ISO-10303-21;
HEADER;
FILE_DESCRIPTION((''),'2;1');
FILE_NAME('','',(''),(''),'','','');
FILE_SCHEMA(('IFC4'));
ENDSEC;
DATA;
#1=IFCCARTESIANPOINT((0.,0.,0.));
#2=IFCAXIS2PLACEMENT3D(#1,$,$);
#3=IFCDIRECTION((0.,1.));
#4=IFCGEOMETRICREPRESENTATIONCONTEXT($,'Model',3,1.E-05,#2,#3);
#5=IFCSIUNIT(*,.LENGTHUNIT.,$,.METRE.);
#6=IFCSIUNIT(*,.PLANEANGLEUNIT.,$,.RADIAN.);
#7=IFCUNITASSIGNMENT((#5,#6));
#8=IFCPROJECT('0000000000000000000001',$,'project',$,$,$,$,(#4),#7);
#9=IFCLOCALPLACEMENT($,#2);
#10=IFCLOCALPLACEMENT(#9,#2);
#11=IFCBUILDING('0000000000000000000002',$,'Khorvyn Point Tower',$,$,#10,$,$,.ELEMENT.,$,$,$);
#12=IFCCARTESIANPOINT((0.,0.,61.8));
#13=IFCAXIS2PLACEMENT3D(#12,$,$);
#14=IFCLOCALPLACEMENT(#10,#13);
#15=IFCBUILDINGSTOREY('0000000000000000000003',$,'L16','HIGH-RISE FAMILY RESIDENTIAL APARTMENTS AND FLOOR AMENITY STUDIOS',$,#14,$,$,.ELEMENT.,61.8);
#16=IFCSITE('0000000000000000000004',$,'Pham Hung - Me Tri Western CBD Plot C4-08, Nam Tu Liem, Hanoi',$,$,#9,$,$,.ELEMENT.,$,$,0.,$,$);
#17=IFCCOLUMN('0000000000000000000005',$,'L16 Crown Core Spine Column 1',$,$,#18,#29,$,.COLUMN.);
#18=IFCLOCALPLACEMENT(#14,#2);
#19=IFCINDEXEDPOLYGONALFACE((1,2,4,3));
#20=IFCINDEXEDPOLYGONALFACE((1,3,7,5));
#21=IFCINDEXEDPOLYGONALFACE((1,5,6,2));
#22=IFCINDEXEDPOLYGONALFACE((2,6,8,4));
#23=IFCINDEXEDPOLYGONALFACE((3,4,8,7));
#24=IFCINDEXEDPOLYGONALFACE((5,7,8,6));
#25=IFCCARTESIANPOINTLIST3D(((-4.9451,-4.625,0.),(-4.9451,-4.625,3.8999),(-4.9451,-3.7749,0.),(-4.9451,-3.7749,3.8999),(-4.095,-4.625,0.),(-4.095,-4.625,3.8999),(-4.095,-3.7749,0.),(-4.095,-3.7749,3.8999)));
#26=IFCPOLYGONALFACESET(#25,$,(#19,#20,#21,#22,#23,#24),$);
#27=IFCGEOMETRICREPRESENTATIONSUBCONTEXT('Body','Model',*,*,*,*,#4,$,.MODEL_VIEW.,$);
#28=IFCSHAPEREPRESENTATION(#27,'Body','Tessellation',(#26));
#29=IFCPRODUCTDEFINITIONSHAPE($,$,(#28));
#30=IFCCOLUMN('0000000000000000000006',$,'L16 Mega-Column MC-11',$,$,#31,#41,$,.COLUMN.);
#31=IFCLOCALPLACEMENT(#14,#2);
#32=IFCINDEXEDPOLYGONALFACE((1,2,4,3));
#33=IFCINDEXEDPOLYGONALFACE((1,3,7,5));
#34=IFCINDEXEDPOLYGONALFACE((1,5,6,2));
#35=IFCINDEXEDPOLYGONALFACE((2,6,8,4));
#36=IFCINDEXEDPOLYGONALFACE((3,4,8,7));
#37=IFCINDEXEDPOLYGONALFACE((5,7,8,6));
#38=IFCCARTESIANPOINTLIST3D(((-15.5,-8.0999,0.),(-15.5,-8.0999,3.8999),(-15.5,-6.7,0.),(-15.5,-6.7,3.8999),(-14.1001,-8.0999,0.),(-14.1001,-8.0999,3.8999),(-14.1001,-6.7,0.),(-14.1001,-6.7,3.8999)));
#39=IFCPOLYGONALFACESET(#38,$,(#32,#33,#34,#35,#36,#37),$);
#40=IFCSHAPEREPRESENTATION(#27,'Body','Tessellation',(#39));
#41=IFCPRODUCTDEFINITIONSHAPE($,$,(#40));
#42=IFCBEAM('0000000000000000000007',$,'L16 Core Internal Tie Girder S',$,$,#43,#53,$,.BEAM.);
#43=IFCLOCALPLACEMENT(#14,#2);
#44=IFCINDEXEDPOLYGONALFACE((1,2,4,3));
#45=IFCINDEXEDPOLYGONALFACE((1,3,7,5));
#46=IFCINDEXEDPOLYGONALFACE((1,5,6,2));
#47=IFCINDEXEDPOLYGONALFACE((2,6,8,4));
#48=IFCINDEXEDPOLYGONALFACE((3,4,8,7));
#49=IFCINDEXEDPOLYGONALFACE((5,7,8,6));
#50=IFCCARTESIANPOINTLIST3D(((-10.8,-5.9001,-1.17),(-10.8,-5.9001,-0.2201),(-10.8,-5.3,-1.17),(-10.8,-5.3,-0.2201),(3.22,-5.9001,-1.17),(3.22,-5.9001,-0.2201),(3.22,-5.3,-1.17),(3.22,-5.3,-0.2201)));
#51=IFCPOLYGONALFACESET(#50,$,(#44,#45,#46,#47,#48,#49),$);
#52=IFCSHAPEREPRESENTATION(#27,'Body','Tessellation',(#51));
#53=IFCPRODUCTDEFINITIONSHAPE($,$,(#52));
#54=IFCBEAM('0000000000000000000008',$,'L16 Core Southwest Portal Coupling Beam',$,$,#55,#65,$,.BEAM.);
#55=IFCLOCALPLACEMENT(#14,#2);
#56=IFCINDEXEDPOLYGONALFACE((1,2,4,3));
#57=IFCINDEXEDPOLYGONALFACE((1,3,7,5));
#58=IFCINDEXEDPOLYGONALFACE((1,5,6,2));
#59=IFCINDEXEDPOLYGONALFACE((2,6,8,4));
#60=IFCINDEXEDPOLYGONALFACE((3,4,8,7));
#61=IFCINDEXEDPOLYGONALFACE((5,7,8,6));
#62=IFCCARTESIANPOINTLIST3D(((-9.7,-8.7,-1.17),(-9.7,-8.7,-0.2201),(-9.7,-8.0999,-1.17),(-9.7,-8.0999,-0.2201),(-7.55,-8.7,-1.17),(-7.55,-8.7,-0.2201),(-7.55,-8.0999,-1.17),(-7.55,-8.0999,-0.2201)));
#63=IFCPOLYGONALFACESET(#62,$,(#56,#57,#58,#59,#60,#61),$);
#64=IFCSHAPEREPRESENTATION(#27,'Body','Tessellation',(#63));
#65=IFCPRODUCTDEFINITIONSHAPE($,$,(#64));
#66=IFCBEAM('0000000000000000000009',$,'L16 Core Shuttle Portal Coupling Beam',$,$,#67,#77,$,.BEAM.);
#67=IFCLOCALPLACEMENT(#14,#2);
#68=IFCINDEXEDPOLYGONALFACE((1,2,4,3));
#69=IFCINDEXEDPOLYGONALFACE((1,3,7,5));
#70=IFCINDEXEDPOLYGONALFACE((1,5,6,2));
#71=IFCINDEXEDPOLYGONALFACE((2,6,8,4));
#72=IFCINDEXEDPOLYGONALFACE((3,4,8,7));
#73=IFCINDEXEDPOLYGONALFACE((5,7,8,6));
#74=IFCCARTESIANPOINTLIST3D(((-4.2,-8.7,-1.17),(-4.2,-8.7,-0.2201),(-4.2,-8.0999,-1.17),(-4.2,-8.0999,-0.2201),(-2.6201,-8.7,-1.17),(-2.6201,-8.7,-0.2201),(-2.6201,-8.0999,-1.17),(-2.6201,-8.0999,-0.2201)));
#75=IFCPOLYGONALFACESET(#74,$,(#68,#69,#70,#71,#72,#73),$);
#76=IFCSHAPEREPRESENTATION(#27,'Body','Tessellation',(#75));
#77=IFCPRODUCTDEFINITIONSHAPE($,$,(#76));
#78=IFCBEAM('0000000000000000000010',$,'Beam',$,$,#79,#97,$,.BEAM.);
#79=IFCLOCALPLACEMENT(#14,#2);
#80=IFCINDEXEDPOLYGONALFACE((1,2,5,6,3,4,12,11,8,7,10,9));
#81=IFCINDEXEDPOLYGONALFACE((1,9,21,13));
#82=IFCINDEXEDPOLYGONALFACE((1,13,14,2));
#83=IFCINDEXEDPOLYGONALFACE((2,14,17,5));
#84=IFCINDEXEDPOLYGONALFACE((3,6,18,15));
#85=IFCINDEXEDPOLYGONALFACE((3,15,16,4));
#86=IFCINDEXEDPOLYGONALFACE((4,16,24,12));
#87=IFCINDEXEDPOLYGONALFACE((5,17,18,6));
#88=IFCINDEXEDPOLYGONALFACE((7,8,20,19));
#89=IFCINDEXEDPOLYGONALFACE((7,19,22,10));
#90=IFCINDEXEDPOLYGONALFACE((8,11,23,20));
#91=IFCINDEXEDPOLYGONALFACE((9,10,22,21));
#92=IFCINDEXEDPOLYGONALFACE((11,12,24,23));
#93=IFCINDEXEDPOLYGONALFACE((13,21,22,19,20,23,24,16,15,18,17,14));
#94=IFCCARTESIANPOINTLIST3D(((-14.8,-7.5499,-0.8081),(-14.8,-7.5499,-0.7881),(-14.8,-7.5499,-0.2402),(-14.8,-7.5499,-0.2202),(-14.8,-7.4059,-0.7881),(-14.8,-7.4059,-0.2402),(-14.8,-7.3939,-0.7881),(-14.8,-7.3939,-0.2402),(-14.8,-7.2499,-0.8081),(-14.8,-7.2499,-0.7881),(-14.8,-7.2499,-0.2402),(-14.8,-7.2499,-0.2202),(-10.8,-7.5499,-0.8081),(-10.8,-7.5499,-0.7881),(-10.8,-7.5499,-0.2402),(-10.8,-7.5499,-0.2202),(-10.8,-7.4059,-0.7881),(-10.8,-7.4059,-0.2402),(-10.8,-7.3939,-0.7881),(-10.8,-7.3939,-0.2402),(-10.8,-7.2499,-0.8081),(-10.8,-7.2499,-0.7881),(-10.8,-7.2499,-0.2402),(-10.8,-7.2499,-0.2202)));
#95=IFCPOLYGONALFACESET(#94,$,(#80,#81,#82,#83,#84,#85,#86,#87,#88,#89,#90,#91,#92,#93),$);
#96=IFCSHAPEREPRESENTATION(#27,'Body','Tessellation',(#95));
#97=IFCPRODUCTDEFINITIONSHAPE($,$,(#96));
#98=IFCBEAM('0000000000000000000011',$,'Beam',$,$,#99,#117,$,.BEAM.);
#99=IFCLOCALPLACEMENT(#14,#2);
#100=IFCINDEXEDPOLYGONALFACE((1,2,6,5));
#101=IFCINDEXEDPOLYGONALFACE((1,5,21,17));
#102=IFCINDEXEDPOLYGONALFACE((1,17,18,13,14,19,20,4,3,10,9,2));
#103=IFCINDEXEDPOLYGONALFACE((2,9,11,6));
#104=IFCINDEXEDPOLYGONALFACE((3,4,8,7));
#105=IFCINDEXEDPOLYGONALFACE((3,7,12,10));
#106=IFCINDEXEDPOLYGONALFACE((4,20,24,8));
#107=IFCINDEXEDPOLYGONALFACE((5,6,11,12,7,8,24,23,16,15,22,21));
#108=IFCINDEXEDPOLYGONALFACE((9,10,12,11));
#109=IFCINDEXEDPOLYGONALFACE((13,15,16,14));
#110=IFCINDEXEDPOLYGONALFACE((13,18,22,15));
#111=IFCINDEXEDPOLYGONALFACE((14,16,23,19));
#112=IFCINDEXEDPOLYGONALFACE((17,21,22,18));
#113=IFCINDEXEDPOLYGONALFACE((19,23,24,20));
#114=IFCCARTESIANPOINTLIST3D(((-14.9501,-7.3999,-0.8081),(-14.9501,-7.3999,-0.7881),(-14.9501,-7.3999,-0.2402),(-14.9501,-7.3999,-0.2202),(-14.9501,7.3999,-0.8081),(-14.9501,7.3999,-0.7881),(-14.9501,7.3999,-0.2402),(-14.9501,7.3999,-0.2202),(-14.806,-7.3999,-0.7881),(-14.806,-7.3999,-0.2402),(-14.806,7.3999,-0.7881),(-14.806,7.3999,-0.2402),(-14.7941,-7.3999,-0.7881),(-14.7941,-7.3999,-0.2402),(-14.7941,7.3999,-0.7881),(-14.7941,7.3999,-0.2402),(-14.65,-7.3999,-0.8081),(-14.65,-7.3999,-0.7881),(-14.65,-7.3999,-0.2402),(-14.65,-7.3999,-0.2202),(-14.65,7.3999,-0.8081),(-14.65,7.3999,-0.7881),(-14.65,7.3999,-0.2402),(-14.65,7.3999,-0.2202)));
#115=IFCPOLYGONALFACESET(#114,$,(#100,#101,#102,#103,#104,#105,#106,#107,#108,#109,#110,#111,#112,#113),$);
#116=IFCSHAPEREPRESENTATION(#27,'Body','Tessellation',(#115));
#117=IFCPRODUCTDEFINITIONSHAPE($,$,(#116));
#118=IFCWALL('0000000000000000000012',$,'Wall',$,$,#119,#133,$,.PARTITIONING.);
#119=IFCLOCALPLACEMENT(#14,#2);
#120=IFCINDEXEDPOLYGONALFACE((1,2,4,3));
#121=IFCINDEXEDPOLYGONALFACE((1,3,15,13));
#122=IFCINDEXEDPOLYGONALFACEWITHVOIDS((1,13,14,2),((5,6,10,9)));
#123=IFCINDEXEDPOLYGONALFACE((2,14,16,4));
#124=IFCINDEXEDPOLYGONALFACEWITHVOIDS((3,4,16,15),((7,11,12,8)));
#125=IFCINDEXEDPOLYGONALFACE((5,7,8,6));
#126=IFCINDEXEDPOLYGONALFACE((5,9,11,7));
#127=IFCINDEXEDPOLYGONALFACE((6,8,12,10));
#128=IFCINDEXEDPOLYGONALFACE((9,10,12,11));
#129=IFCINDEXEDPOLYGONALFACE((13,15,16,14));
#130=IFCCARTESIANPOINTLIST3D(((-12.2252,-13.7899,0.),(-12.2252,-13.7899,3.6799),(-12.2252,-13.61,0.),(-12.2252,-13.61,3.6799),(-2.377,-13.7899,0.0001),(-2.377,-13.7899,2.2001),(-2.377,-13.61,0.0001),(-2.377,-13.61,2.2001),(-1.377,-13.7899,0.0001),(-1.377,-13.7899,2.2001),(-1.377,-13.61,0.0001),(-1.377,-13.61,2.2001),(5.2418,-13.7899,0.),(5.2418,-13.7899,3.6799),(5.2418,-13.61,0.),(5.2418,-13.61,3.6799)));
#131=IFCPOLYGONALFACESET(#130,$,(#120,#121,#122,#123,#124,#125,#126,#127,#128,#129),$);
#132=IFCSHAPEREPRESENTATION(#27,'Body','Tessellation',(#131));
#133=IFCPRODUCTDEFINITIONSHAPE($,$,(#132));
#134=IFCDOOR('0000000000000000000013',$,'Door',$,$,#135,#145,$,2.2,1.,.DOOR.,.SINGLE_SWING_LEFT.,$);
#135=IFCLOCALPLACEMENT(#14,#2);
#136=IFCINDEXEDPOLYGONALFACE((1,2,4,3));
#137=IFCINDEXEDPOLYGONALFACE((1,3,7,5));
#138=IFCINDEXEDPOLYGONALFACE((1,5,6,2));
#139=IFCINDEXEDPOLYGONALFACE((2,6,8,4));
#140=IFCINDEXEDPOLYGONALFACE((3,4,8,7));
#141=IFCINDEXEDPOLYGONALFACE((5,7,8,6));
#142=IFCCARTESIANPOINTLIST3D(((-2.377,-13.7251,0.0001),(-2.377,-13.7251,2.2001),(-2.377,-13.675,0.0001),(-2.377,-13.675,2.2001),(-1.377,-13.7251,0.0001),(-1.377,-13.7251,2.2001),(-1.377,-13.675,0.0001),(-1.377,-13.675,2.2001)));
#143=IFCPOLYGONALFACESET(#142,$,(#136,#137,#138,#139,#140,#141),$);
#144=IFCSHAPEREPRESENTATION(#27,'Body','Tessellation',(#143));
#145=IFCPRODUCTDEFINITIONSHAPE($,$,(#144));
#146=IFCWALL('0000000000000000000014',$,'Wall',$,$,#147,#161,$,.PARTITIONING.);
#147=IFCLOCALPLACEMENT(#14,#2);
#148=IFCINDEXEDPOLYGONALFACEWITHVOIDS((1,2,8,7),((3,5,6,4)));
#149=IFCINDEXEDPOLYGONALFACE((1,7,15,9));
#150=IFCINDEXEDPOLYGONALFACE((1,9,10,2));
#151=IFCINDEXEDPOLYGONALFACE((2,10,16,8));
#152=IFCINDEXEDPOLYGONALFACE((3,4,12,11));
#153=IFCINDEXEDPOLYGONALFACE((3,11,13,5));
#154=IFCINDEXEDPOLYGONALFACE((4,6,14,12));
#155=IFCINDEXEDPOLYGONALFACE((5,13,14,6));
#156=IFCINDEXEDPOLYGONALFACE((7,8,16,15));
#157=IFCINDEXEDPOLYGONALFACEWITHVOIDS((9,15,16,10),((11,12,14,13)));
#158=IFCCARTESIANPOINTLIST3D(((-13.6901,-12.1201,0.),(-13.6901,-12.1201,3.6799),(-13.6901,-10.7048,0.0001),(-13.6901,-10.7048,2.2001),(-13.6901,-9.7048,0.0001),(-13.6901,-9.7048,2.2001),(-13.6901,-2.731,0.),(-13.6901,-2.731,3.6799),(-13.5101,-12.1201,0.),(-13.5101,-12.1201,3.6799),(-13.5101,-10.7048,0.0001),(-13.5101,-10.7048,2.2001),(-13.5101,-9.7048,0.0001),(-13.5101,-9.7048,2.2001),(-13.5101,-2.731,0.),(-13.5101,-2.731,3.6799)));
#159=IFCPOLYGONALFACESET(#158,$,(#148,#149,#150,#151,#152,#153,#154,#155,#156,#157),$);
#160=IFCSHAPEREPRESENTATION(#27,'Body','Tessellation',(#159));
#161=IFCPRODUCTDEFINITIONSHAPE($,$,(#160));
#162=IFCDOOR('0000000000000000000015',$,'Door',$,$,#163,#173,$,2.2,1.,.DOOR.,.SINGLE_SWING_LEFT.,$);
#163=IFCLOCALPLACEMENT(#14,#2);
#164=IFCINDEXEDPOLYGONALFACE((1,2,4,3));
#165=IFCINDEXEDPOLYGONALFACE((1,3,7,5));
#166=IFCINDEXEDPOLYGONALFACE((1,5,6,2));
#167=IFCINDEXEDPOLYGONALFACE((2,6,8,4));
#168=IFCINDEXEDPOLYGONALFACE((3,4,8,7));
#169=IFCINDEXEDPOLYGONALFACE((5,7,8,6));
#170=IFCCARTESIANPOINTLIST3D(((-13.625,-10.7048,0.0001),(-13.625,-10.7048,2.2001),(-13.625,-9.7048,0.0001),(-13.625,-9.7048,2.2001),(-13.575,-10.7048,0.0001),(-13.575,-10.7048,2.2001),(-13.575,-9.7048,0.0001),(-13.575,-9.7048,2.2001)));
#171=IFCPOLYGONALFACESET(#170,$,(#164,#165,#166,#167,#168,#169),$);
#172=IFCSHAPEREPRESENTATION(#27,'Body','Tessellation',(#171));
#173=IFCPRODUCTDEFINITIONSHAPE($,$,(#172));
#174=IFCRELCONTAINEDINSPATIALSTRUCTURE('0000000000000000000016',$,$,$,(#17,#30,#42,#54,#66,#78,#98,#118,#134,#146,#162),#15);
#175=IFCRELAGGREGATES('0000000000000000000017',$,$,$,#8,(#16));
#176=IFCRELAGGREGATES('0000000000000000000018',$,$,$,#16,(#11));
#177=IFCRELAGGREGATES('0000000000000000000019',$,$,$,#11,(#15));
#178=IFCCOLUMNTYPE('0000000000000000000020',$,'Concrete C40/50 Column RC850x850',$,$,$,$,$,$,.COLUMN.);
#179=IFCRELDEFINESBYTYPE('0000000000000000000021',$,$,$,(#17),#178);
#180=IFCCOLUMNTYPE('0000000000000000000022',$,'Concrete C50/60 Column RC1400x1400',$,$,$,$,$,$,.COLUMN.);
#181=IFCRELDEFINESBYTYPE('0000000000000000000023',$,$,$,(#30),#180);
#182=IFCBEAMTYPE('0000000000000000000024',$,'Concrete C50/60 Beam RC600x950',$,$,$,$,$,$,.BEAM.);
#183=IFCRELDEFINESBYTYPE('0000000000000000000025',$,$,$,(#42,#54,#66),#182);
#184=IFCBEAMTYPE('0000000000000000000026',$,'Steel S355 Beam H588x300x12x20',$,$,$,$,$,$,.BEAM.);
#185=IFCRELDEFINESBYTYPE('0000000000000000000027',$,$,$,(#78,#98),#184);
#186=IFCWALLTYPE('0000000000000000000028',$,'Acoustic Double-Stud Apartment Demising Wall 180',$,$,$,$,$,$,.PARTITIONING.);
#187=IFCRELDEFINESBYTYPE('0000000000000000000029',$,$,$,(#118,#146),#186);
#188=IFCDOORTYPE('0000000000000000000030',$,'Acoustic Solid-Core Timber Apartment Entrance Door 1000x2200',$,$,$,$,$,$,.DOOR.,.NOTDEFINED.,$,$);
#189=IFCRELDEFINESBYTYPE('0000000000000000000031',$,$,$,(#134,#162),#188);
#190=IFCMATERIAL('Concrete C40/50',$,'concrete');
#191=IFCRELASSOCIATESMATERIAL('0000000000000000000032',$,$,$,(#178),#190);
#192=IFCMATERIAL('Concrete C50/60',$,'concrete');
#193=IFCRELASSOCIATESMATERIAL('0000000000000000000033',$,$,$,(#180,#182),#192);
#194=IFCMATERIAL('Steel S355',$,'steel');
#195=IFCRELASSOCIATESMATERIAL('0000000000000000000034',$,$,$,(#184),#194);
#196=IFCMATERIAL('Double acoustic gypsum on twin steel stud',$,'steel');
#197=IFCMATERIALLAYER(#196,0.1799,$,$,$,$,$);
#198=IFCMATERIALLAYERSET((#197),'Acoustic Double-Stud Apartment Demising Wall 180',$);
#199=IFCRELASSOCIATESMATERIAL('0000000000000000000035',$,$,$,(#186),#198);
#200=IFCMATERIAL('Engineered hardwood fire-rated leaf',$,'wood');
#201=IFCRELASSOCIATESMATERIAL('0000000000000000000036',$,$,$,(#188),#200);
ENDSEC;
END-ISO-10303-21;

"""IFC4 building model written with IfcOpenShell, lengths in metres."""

from ifc_helpers import new_model, si_unit, direction, frame, frame_2d, origin, origin_2d, place, context, subcontext, project, spatial, rectangle, i_section, extrude, material, layer, layer_set, material_profile, profile_set, type_object, element, fill, save


model = new_model("IFC4")

# Units and contexts
model_context = context("Model", 3, precision=1e-05, world=origin(), true_north=direction((0.0, 1.0)))
body_context = subcontext(model_context, "Body", "Model", "MODEL_VIEW")
ifc_project = project(units=[si_unit("LENGTHUNIT", "METRE"), si_unit("PLANEANGLEUNIT", "RADIAN")], contexts=[model_context])

# Site, building, storey
site_placement = place(None, origin())
site = spatial("IfcSite", under=ifc_project, at=site_placement, Name="Pham Hung - Me Tri Western CBD Plot C4-08, Nam Tu Liem, Hanoi", CompositionType="ELEMENT", RefElevation=0.0)
building_placement = place(site_placement, origin())
building = spatial("IfcBuilding", under=site, at=building_placement, Name="Khorvyn Point Tower", CompositionType="ELEMENT")
storey_placement = place(building_placement, frame((0.0, 0.0, 61.8)))
storey = spatial("IfcBuildingStorey", under=building, at=storey_placement, Name="L16", Description="HIGH-RISE FAMILY RESIDENTIAL APARTMENTS AND FLOOR AMENITY STUDIOS", CompositionType="ELEMENT", Elevation=61.8)

# Columns
ifc_material_1 = material(Name="Concrete C40/50", Category="concrete")
ifc_material_profile_1 = material_profile(ifc_material_1, rectangle(XDim=0.8501, YDim=0.8501, at=origin_2d()))
ifc_profile_set_1 = profile_set([ifc_material_profile_1], Name="Concrete C40/50 RC850x850")
column_type_1 = type_object("IfcColumnType", Name="Concrete C40/50 Column RC850x850", PredefinedType="COLUMN", material=ifc_profile_set_1)
column_1_placement = place(storey_placement, frame((-4.52, -4.2, 0.0), z_axis=(0.0, 0.0, 1.0), x_axis=(1.0, 0.0, 0.0)))
element("IfcColumn", 1, at=column_1_placement, inside=storey, type_object=column_type_1, Name="L16 Crown Core Spine Column 1", PredefinedType="COLUMN", context=body_context, shape_type="SweptSolid", body=[
    extrude(rectangle(XDim=0.8501, YDim=0.8501, at=origin_2d()), origin(), (0.0, 0.0, 1.0), 3.8999),
])
ifc_material_2 = material(Name="Concrete C50/60", Category="concrete")
ifc_material_profile_2 = material_profile(ifc_material_2, rectangle(XDim=1.3999, YDim=1.3999, at=origin_2d()))
ifc_profile_set_2 = profile_set([ifc_material_profile_2], Name="Concrete C50/60 RC1400x1400")
column_type_2 = type_object("IfcColumnType", Name="Concrete C50/60 Column RC1400x1400", PredefinedType="COLUMN", material=ifc_profile_set_2)
column_2_placement = place(storey_placement, frame((-14.8, -7.3999, 0.0), z_axis=(0.0, 0.0, 1.0), x_axis=(1.0, 0.0, 0.0)))
element("IfcColumn", 2, at=column_2_placement, inside=storey, type_object=column_type_2, Name="L16 Mega-Column MC-11", PredefinedType="COLUMN", context=body_context, shape_type="SweptSolid", body=[
    extrude(rectangle(XDim=1.3999, YDim=1.3999, at=origin_2d()), origin(), (0.0, 0.0, 1.0), 3.8999),
])

# Beams
ifc_material_profile_3 = material_profile(ifc_material_2, rectangle(XDim=0.6001, YDim=0.95, at=origin_2d()))
ifc_profile_set_3 = profile_set([ifc_material_profile_3], Name="Concrete C50/60 RC600x950")
beam_type_1 = type_object("IfcBeamType", Name="Concrete C50/60 Beam RC600x950", PredefinedType="BEAM", material=ifc_profile_set_3)
beam_1_placement = place(storey_placement, frame((-10.8, -5.6001, -0.6951), z_axis=(1.0, 0.0, 0.0), x_axis=(0.0, 1.0, 0.0)))
element("IfcBeam", 3, at=beam_1_placement, inside=storey, type_object=beam_type_1, Name="L16 Core Internal Tie Girder S", PredefinedType="BEAM", context=body_context, shape_type="SweptSolid", body=[
    extrude(rectangle(XDim=0.6001, YDim=0.95, at=origin_2d()), origin(), (0.0, 0.0, 1.0), 14.02),
])
beam_2_placement = place(storey_placement, frame((-9.7, -8.3999, -0.6951), z_axis=(1.0, 0.0, 0.0), x_axis=(0.0, 1.0, 0.0)))
element("IfcBeam", 4, at=beam_2_placement, inside=storey, type_object=beam_type_1, Name="L16 Core Southwest Portal Coupling Beam", PredefinedType="BEAM", context=body_context, shape_type="SweptSolid", body=[
    extrude(rectangle(XDim=0.6001, YDim=0.95, at=origin_2d()), origin(), (0.0, 0.0, 1.0), 2.1499),
])
beam_3_placement = place(storey_placement, frame((-4.2, -8.3999, -0.6951), z_axis=(1.0, 0.0, 0.0), x_axis=(0.0, 1.0, 0.0)))
element("IfcBeam", 5, at=beam_3_placement, inside=storey, type_object=beam_type_1, Name="L16 Core Shuttle Portal Coupling Beam", PredefinedType="BEAM", context=body_context, shape_type="SweptSolid", body=[
    extrude(rectangle(XDim=0.6001, YDim=0.95, at=origin_2d()), origin(), (0.0, 0.0, 1.0), 1.5798),
])
ifc_material_3 = material(Name="Steel S355", Category="steel")
ifc_material_profile_4 = material_profile(ifc_material_3, i_section(OverallWidth=0.3, OverallDepth=0.5879, WebThickness=0.012, FlangeThickness=0.02, at=origin_2d()))
ifc_profile_set_4 = profile_set([ifc_material_profile_4], Name="Steel S355 H588x300x12x20")
beam_type_2 = type_object("IfcBeamType", Name="Steel S355 Beam H588x300x12x20", PredefinedType="BEAM", material=ifc_profile_set_4)
beam_4_placement = place(storey_placement, frame((-14.8, -7.3999, -0.5142), z_axis=(1.0, 0.0, 0.0), x_axis=(0.0, 1.0, 0.0)))
element("IfcBeam", 6, at=beam_4_placement, inside=storey, type_object=beam_type_2, Name="Beam", PredefinedType="BEAM", context=body_context, shape_type="SweptSolid", body=[
    extrude(i_section(OverallWidth=0.3, OverallDepth=0.5879, WebThickness=0.012, FlangeThickness=0.02, at=origin_2d()), origin(), (0.0, 0.0, 1.0), 4.0),
])
beam_5_placement = place(storey_placement, frame((-14.8, -7.3999, -0.5142), z_axis=(0.0, 1.0, 0.0), x_axis=(-1.0, 0.0, 0.0)))
element("IfcBeam", 7, at=beam_5_placement, inside=storey, type_object=beam_type_2, Name="Beam", PredefinedType="BEAM", context=body_context, shape_type="SweptSolid", body=[
    extrude(i_section(OverallWidth=0.3, OverallDepth=0.5879, WebThickness=0.012, FlangeThickness=0.02, at=origin_2d()), origin(), (0.0, 0.0, 1.0), 14.7998),
])

# Walls, openings, doors
ifc_material_4 = material(Name="Double acoustic gypsum on twin steel stud", Category="steel")
ifc_layer_1 = layer(ifc_material_4, 0.1799)
ifc_layer_set_1 = layer_set([ifc_layer_1], Name="Acoustic Double-Stud Apartment Demising Wall 180")
wall_type_1 = type_object("IfcWallType", Name="Acoustic Double-Stud Apartment Demising Wall 180", PredefinedType="PARTITIONING", material=ifc_layer_set_1)
wall_1_placement = place(storey_placement, frame((-12.2251, -13.7, 0.0), z_axis=(0.0, 0.0, 1.0), x_axis=(1.0, 0.0, 0.0)))
wall_1 = element("IfcWall", 8, at=wall_1_placement, inside=storey, type_object=wall_type_1, Name="Wall", PredefinedType="PARTITIONING", context=body_context, shape_type="SweptSolid", body=[
    extrude(rectangle(XDim=17.467, YDim=0.1799, at=frame_2d((8.7334, 0.0))), origin(), (0.0, 0.0, 1.0), 3.6799),
])
opening_1_placement = place(wall_1_placement, frame((9.8481, 0.0, 0.0)))
opening_1 = element("IfcOpeningElement", 9, at=opening_1_placement, cuts=wall_1, PredefinedType="OPENING", context=body_context, shape_type="SweptSolid", body=[
    extrude(rectangle(XDim=1.0, YDim=2.2, at=frame_2d((0.5, 1.1001))), frame((0.0, 0.0999, 0.0), z_axis=(0.0, -1.0, 0.0), x_axis=(1.0, 0.0, 0.0)), (0.0, 0.0, 1.0), 0.2),
])
ifc_material_5 = material(Name="Engineered hardwood fire-rated leaf", Category="wood")
door_type_1 = type_object("IfcDoorType", Name="Acoustic Solid-Core Timber Apartment Entrance Door 1000x2200", OperationType="NOTDEFINED", PredefinedType="DOOR", material=ifc_material_5)
door_1_placement = place(opening_1_placement, origin())
door_1 = element("IfcDoor", 10, at=door_1_placement, inside=storey, type_object=door_type_1, Name="Door", OperationType="SINGLE_SWING_LEFT", OverallHeight=2.2, OverallWidth=1.0, PredefinedType="DOOR", context=body_context, shape_type="SweptSolid", body=[
    extrude(rectangle(XDim=1.0, YDim=2.2, at=frame_2d((0.5, 1.1001))), frame((0.0, 0.0249, 0.0), z_axis=(0.0, -1.0, 0.0), x_axis=(1.0, 0.0, 0.0)), (0.0, 0.0, 1.0), 0.05),
])
fill(opening_1, door_1)
wall_2_placement = place(storey_placement, frame((-13.6001, -12.1201, 0.0), z_axis=(0.0, 0.0, 1.0), x_axis=(0.0, 1.0, 0.0)))
wall_2 = element("IfcWall", 11, at=wall_2_placement, inside=storey, type_object=wall_type_1, Name="Wall", PredefinedType="PARTITIONING", context=body_context, shape_type="SweptSolid", body=[
    extrude(rectangle(XDim=9.3892, YDim=0.1799, at=frame_2d((4.6946, 0.0))), origin(), (0.0, 0.0, 1.0), 3.6799),
])
opening_2_placement = place(wall_2_placement, frame((1.4153, 0.0, 0.0)))
opening_2 = element("IfcOpeningElement", 12, at=opening_2_placement, cuts=wall_2, PredefinedType="OPENING", context=body_context, shape_type="SweptSolid", body=[
    extrude(rectangle(XDim=1.0, YDim=2.2, at=frame_2d((0.5, 1.1001))), frame((0.0, 0.0999, 0.0), z_axis=(0.0, -1.0, 0.0), x_axis=(1.0, 0.0, 0.0)), (0.0, 0.0, 1.0), 0.2),
])
door_2_placement = place(opening_2_placement, origin())
door_2 = element("IfcDoor", 13, at=door_2_placement, inside=storey, type_object=door_type_1, Name="Door", OperationType="SINGLE_SWING_LEFT", OverallHeight=2.2, OverallWidth=1.0, PredefinedType="DOOR", context=body_context, shape_type="SweptSolid", body=[
    extrude(rectangle(XDim=1.0, YDim=2.2, at=frame_2d((0.5, 1.1001))), frame((0.0, 0.0249, 0.0), z_axis=(0.0, -1.0, 0.0), x_axis=(1.0, 0.0, 0.0)), (0.0, 0.0, 1.0), 0.05),
])
fill(opening_2, door_2)

save(model, "model.ifc")
